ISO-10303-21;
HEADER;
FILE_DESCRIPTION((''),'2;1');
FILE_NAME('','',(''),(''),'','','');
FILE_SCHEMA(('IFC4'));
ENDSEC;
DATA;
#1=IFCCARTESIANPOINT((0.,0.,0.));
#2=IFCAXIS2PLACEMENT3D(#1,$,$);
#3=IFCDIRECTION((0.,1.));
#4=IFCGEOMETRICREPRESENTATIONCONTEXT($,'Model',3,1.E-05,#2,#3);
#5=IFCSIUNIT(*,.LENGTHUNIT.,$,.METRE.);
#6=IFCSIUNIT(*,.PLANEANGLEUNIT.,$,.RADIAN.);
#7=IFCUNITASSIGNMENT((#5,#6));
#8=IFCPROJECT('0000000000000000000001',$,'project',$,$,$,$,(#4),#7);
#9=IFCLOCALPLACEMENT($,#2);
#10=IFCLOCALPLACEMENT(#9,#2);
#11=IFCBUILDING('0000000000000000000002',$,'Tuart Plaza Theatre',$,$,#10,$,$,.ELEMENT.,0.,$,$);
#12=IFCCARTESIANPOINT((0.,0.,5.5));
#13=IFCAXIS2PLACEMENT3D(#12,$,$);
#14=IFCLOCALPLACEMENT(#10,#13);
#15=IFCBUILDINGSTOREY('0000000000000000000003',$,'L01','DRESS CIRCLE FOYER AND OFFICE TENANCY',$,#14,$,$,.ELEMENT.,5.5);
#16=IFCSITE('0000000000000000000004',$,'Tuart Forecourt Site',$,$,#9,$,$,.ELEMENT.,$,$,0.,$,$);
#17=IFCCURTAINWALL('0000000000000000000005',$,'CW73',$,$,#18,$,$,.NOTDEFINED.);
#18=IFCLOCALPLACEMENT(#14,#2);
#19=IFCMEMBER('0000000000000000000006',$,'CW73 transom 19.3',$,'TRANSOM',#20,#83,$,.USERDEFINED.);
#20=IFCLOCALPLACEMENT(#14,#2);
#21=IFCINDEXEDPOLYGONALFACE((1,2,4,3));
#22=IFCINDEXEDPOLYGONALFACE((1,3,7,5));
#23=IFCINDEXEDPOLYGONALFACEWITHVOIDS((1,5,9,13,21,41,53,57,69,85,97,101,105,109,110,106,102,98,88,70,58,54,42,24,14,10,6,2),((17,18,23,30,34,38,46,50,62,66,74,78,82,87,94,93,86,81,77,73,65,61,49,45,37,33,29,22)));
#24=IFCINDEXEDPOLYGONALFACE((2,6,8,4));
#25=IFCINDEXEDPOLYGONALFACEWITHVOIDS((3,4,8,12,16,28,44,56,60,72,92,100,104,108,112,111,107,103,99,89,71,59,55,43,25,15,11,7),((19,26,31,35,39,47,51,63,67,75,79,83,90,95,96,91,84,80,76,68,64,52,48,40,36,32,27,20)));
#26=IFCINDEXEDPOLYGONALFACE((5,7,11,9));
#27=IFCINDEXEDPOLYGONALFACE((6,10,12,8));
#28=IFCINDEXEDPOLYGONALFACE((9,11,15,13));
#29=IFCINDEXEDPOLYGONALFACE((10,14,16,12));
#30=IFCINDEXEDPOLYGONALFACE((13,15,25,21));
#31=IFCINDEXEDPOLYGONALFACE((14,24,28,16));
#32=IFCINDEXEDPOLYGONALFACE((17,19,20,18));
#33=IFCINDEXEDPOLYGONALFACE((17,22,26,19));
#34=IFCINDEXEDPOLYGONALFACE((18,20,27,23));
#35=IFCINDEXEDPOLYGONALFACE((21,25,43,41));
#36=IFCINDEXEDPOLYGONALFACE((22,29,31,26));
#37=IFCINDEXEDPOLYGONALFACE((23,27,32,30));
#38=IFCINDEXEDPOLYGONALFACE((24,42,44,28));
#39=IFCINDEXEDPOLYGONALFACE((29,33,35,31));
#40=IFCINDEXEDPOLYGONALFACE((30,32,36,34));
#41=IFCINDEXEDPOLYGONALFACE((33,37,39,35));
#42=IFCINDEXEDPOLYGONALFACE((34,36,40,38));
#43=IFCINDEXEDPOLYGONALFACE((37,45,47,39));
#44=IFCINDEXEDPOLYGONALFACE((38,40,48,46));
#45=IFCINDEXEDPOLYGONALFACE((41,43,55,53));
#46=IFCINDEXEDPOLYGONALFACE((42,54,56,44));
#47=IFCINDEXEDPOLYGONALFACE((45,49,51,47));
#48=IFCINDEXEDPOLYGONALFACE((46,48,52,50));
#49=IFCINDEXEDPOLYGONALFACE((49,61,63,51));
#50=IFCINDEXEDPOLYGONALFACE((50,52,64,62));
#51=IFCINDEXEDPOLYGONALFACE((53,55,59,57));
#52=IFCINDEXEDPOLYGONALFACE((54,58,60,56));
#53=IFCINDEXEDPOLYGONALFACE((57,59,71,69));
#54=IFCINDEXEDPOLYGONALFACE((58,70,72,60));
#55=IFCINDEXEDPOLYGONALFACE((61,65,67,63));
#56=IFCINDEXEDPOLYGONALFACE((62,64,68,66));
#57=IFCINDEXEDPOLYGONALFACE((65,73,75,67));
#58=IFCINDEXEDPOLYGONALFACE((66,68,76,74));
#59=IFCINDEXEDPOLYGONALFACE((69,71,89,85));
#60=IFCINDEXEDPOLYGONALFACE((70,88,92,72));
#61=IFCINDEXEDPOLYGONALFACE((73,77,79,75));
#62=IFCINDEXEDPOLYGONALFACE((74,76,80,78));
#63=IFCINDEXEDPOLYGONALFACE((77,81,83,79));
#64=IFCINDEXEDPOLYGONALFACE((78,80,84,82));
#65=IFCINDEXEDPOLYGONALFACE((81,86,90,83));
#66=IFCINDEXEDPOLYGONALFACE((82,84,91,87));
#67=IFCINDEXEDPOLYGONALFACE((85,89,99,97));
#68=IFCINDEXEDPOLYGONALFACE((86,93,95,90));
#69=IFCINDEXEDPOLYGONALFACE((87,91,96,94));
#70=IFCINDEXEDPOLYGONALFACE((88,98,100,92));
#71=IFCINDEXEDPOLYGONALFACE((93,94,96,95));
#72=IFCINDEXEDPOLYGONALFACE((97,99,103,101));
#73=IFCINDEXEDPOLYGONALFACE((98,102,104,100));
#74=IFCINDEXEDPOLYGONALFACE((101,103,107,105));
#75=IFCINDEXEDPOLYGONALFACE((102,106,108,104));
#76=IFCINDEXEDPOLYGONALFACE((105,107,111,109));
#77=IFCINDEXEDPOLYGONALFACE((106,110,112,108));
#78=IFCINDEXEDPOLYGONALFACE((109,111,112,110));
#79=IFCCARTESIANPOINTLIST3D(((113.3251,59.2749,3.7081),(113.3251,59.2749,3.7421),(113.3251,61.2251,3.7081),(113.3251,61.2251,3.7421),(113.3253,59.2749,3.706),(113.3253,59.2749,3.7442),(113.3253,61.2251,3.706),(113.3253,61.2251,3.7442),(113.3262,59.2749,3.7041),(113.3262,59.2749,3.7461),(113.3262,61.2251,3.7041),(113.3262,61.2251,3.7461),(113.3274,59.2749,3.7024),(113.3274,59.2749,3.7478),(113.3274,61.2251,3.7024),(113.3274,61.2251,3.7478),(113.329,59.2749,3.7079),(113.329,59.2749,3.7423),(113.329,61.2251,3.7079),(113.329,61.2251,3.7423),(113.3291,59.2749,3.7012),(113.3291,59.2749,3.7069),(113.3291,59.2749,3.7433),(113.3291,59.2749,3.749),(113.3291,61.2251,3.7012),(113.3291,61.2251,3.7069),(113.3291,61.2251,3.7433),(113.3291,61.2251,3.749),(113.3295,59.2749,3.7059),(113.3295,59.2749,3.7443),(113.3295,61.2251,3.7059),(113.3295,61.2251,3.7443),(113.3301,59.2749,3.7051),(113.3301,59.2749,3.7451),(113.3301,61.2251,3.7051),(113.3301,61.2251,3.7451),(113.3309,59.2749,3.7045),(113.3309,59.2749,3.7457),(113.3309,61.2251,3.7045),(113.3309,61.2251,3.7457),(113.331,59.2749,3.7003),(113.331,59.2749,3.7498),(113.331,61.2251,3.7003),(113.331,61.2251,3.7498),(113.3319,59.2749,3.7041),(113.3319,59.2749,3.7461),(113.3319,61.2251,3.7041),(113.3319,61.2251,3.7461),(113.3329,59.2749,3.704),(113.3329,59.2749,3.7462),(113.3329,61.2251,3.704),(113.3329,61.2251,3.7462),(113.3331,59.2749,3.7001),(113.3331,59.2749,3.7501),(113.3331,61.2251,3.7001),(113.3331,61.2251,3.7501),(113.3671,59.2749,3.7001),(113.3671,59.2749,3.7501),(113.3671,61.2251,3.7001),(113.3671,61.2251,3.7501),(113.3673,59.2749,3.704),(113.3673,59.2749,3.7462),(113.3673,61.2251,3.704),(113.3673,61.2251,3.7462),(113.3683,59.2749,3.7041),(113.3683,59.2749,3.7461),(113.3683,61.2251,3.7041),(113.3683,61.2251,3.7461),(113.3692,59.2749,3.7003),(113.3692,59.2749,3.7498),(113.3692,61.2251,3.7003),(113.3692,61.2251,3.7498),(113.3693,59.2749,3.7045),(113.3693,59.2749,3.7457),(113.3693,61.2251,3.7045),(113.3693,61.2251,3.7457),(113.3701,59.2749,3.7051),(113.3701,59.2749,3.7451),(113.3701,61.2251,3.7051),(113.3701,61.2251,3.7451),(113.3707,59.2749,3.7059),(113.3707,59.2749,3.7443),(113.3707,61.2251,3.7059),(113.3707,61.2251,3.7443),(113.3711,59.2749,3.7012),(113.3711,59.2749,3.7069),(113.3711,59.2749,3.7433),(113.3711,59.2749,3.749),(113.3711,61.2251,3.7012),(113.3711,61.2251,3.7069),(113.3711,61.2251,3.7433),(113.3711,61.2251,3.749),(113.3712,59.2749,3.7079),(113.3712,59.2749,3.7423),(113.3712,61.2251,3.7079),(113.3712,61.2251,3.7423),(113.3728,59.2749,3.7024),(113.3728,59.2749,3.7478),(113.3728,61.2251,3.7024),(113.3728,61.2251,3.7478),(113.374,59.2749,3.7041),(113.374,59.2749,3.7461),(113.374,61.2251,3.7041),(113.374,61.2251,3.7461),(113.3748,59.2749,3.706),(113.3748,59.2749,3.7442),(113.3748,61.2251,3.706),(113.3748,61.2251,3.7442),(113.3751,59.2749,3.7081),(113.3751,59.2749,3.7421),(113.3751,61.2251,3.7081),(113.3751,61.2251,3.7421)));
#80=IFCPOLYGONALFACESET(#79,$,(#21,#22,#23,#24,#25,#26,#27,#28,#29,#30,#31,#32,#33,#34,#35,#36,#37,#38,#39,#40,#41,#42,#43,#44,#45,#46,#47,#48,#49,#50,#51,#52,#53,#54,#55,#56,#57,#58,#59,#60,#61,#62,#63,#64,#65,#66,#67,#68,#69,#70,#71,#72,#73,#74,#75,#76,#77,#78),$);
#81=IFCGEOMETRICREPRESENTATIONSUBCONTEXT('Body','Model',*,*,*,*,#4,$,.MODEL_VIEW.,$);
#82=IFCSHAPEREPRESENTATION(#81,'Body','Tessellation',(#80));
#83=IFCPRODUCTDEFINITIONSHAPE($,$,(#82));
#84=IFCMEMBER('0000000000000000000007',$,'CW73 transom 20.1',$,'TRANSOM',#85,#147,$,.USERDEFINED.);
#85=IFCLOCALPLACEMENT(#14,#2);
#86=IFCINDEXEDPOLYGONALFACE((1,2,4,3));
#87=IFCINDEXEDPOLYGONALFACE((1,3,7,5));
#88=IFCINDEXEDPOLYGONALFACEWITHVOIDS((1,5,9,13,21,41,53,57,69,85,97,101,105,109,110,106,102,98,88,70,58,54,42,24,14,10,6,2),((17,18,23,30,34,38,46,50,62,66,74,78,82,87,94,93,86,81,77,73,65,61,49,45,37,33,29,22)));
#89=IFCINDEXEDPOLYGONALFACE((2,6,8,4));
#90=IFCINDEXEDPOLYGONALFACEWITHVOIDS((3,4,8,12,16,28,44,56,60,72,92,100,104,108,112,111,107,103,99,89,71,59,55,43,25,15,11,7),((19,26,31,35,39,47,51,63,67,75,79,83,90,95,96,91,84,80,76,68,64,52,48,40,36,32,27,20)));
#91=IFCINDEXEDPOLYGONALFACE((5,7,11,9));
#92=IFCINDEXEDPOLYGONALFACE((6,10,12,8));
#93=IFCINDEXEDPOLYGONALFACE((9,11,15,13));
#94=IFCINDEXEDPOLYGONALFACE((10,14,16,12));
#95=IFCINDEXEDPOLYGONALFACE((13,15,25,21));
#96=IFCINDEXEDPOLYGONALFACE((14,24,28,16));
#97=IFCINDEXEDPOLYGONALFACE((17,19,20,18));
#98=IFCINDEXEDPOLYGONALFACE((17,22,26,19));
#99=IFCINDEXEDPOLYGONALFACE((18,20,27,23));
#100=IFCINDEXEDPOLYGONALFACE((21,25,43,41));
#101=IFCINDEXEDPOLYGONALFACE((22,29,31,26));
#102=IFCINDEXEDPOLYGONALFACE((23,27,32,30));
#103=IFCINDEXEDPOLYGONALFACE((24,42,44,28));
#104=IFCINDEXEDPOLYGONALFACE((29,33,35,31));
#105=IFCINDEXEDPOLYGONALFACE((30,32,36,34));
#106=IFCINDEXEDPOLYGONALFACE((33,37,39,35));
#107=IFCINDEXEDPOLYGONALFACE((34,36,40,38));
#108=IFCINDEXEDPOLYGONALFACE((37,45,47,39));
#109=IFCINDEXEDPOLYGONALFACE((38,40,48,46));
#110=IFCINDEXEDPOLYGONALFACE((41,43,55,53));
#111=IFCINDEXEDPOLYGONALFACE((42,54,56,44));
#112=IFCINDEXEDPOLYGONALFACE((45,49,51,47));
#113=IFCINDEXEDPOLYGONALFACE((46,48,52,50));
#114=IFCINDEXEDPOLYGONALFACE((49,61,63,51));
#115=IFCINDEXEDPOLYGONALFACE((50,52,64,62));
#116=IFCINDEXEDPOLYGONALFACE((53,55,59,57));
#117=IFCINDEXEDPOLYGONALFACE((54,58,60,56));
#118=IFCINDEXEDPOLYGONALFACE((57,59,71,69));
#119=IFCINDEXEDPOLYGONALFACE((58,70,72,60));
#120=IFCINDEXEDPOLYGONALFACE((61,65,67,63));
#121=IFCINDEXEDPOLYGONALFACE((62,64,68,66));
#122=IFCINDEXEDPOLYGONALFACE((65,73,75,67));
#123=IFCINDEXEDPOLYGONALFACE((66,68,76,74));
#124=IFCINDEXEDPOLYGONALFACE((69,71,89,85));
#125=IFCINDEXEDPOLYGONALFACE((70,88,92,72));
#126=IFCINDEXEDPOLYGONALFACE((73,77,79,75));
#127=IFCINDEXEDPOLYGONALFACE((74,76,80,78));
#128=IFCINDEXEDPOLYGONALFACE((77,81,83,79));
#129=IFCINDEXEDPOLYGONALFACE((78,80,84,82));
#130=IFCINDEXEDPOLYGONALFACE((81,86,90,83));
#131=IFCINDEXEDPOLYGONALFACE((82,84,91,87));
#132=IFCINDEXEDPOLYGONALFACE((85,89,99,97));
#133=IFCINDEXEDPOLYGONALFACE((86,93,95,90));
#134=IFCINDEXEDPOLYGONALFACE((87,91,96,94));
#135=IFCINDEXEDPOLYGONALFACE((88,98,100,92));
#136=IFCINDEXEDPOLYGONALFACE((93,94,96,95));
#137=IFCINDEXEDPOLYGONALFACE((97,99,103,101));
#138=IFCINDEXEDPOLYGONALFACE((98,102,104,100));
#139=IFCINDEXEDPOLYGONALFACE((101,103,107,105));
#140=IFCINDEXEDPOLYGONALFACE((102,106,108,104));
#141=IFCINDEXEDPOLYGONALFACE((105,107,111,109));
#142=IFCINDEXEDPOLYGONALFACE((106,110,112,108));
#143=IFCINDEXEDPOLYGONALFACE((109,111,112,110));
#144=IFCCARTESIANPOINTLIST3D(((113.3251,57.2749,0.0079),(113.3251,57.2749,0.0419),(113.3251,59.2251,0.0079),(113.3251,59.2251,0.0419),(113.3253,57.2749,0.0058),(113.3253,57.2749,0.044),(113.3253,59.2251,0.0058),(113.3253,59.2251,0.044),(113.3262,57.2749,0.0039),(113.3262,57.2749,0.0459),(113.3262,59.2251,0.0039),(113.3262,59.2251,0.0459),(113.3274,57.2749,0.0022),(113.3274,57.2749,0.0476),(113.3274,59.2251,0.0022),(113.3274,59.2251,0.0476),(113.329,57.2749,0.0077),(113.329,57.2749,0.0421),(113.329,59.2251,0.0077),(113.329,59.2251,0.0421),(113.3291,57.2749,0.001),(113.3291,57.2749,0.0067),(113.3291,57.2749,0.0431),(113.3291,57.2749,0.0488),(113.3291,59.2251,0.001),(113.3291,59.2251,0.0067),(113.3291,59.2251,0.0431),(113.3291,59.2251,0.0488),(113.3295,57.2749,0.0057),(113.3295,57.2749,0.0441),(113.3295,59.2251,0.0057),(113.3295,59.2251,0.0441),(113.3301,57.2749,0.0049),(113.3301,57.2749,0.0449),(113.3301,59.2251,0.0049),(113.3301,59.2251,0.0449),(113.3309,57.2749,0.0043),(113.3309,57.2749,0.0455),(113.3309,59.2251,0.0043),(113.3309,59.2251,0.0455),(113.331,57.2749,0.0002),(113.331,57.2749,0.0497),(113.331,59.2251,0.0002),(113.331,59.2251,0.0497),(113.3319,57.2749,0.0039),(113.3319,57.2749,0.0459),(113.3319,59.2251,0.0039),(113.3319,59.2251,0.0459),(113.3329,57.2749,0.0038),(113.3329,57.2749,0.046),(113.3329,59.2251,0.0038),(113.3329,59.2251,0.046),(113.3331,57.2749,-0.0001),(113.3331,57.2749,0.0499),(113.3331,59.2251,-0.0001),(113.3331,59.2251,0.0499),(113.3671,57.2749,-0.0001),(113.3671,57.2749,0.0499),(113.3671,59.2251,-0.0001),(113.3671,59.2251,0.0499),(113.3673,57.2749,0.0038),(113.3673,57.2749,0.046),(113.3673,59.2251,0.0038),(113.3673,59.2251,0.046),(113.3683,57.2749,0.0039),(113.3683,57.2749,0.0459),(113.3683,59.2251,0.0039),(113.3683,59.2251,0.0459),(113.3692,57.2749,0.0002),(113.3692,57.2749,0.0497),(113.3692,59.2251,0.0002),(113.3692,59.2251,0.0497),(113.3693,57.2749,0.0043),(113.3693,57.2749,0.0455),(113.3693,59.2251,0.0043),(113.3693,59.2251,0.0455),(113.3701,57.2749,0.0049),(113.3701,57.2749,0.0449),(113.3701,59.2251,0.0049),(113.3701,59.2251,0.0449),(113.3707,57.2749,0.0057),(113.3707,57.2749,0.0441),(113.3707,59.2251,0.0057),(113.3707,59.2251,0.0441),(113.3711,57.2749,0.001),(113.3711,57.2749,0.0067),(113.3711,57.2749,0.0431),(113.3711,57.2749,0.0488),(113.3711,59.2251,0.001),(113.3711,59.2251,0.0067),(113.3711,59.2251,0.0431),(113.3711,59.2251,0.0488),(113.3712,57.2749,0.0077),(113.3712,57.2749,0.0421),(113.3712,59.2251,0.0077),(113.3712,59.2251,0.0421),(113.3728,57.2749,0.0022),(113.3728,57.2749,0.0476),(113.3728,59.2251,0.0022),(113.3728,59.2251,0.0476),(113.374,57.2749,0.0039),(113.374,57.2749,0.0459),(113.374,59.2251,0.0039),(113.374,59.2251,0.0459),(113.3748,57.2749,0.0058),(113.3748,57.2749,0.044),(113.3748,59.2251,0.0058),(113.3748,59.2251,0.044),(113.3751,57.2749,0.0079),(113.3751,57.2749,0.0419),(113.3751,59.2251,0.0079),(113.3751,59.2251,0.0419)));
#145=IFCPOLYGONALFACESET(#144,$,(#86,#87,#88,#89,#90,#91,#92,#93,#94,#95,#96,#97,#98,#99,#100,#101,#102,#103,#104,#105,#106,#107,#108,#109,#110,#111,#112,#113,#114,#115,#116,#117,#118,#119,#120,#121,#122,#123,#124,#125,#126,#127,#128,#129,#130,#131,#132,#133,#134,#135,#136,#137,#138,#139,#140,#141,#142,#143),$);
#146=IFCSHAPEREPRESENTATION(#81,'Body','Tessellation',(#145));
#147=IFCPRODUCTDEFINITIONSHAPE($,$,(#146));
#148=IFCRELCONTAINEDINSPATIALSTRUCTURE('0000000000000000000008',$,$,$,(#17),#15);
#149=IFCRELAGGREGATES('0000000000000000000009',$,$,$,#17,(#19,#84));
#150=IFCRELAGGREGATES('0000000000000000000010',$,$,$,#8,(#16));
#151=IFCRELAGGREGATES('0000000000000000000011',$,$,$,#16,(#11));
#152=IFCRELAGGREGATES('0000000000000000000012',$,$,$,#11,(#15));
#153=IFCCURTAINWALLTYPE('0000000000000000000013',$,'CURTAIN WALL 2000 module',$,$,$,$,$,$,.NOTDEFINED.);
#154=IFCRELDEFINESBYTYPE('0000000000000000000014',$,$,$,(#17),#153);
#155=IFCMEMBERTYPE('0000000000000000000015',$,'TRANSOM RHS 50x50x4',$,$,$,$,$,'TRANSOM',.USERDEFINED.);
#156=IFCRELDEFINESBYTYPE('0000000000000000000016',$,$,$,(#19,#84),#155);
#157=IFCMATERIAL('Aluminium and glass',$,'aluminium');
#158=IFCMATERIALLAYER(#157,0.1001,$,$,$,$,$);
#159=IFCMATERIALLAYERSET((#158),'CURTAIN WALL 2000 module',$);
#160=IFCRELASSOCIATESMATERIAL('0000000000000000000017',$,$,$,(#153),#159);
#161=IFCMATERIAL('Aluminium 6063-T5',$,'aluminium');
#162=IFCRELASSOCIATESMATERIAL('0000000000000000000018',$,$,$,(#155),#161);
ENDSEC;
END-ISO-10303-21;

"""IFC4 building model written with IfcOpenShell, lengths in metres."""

from ifc_helpers import new_model, si_unit, direction, frame, origin, origin_2d, place, context, subcontext, project, spatial, hollow_rectangle, extrude, material, layer, layer_set, material_profile, profile_set, type_object, element, aggregate, save


model = new_model("IFC4")

# Units and contexts
model_context = context("Model", 3, precision=1e-05, world=origin(), true_north=direction((0.0, 1.0)))
body_context = subcontext(model_context, "Body", "Model", "MODEL_VIEW")
ifc_project = project(units=[si_unit("LENGTHUNIT", "METRE"), si_unit("PLANEANGLEUNIT", "RADIAN")], contexts=[model_context])

# Site, building, storey
site_placement = place(None, origin())
site = spatial("IfcSite", under=ifc_project, at=site_placement, Name="Tuart Forecourt Site", CompositionType="ELEMENT", RefElevation=0.0)
building_placement = place(site_placement, origin())
building = spatial("IfcBuilding", under=site, at=building_placement, Name="Tuart Plaza Theatre", CompositionType="ELEMENT", ElevationOfRefHeight=0.0)
storey_placement = place(building_placement, frame((0.0, 0.0, 5.5)))
storey = spatial("IfcBuildingStorey", under=building, at=storey_placement, Name="L01", Description="DRESS CIRCLE FOYER AND OFFICE TENANCY", CompositionType="ELEMENT", Elevation=5.5)

# Curtain wall
ifc_material_1 = material(Name="Aluminium and glass", Category="aluminium")
ifc_layer_1 = layer(ifc_material_1, 0.1001)
ifc_layer_set_1 = layer_set([ifc_layer_1], Name="CURTAIN WALL 2000 module")
curtain_wall_type_1 = type_object("IfcCurtainWallType", Name="CURTAIN WALL 2000 module", PredefinedType="NOTDEFINED", material=ifc_layer_set_1)
curtain_wall_1_placement = place(storey_placement, origin())
curtain_wall_1 = element("IfcCurtainWall", 1, at=curtain_wall_1_placement, inside=storey, type_object=curtain_wall_type_1, Name="CW73", PredefinedType="NOTDEFINED")
ifc_material_2 = material(Name="Aluminium 6063-T5", Category="aluminium")
ifc_material_profile_1 = material_profile(ifc_material_2, hollow_rectangle(XDim=0.05, YDim=0.05, WallThickness=0.0039, InnerFilletRadius=0.0039, OuterFilletRadius=0.0081, at=origin_2d()), Name="RHS 50x50x4")
ifc_profile_set_1 = profile_set([ifc_material_profile_1], Name="Aluminium 6063-T5")
member_type_1 = type_object("IfcMemberType", Name="TRANSOM RHS 50x50x4", ElementType="TRANSOM", PredefinedType="USERDEFINED", material=ifc_profile_set_1)

# Members
member_1_placement = place(storey_placement, frame((113.3501, 61.2251, 3.7251), z_axis=(0.0, -1.0, 0.0), x_axis=(1.0, 0.0, 0.0)))
member_1 = element("IfcMember", 2, at=member_1_placement, type_object=member_type_1, Name="CW73 transom 19.3", ObjectType="TRANSOM", PredefinedType="USERDEFINED", context=body_context, shape_type="SweptSolid", body=[
    extrude(hollow_rectangle(XDim=0.05, YDim=0.05, WallThickness=0.0039, InnerFilletRadius=0.0039, OuterFilletRadius=0.0081, at=origin_2d()), origin(), (0.0, 0.0, 1.0), 1.9502),
])
member_2_placement = place(storey_placement, frame((113.3501, 59.2251, 0.0249), z_axis=(0.0, -1.0, 0.0), x_axis=(1.0, 0.0, 0.0)))
member_2 = element("IfcMember", 3, at=member_2_placement, type_object=member_type_1, Name="CW73 transom 20.1", ObjectType="TRANSOM", PredefinedType="USERDEFINED", context=body_context, shape_type="SweptSolid", body=[
    extrude(hollow_rectangle(XDim=0.05, YDim=0.05, WallThickness=0.0039, InnerFilletRadius=0.0039, OuterFilletRadius=0.0081, at=origin_2d()), origin(), (0.0, 0.0, 1.0), 1.9502),
])

aggregate(curtain_wall_1, [member_1, member_2])

save(model, "model.ifc")
